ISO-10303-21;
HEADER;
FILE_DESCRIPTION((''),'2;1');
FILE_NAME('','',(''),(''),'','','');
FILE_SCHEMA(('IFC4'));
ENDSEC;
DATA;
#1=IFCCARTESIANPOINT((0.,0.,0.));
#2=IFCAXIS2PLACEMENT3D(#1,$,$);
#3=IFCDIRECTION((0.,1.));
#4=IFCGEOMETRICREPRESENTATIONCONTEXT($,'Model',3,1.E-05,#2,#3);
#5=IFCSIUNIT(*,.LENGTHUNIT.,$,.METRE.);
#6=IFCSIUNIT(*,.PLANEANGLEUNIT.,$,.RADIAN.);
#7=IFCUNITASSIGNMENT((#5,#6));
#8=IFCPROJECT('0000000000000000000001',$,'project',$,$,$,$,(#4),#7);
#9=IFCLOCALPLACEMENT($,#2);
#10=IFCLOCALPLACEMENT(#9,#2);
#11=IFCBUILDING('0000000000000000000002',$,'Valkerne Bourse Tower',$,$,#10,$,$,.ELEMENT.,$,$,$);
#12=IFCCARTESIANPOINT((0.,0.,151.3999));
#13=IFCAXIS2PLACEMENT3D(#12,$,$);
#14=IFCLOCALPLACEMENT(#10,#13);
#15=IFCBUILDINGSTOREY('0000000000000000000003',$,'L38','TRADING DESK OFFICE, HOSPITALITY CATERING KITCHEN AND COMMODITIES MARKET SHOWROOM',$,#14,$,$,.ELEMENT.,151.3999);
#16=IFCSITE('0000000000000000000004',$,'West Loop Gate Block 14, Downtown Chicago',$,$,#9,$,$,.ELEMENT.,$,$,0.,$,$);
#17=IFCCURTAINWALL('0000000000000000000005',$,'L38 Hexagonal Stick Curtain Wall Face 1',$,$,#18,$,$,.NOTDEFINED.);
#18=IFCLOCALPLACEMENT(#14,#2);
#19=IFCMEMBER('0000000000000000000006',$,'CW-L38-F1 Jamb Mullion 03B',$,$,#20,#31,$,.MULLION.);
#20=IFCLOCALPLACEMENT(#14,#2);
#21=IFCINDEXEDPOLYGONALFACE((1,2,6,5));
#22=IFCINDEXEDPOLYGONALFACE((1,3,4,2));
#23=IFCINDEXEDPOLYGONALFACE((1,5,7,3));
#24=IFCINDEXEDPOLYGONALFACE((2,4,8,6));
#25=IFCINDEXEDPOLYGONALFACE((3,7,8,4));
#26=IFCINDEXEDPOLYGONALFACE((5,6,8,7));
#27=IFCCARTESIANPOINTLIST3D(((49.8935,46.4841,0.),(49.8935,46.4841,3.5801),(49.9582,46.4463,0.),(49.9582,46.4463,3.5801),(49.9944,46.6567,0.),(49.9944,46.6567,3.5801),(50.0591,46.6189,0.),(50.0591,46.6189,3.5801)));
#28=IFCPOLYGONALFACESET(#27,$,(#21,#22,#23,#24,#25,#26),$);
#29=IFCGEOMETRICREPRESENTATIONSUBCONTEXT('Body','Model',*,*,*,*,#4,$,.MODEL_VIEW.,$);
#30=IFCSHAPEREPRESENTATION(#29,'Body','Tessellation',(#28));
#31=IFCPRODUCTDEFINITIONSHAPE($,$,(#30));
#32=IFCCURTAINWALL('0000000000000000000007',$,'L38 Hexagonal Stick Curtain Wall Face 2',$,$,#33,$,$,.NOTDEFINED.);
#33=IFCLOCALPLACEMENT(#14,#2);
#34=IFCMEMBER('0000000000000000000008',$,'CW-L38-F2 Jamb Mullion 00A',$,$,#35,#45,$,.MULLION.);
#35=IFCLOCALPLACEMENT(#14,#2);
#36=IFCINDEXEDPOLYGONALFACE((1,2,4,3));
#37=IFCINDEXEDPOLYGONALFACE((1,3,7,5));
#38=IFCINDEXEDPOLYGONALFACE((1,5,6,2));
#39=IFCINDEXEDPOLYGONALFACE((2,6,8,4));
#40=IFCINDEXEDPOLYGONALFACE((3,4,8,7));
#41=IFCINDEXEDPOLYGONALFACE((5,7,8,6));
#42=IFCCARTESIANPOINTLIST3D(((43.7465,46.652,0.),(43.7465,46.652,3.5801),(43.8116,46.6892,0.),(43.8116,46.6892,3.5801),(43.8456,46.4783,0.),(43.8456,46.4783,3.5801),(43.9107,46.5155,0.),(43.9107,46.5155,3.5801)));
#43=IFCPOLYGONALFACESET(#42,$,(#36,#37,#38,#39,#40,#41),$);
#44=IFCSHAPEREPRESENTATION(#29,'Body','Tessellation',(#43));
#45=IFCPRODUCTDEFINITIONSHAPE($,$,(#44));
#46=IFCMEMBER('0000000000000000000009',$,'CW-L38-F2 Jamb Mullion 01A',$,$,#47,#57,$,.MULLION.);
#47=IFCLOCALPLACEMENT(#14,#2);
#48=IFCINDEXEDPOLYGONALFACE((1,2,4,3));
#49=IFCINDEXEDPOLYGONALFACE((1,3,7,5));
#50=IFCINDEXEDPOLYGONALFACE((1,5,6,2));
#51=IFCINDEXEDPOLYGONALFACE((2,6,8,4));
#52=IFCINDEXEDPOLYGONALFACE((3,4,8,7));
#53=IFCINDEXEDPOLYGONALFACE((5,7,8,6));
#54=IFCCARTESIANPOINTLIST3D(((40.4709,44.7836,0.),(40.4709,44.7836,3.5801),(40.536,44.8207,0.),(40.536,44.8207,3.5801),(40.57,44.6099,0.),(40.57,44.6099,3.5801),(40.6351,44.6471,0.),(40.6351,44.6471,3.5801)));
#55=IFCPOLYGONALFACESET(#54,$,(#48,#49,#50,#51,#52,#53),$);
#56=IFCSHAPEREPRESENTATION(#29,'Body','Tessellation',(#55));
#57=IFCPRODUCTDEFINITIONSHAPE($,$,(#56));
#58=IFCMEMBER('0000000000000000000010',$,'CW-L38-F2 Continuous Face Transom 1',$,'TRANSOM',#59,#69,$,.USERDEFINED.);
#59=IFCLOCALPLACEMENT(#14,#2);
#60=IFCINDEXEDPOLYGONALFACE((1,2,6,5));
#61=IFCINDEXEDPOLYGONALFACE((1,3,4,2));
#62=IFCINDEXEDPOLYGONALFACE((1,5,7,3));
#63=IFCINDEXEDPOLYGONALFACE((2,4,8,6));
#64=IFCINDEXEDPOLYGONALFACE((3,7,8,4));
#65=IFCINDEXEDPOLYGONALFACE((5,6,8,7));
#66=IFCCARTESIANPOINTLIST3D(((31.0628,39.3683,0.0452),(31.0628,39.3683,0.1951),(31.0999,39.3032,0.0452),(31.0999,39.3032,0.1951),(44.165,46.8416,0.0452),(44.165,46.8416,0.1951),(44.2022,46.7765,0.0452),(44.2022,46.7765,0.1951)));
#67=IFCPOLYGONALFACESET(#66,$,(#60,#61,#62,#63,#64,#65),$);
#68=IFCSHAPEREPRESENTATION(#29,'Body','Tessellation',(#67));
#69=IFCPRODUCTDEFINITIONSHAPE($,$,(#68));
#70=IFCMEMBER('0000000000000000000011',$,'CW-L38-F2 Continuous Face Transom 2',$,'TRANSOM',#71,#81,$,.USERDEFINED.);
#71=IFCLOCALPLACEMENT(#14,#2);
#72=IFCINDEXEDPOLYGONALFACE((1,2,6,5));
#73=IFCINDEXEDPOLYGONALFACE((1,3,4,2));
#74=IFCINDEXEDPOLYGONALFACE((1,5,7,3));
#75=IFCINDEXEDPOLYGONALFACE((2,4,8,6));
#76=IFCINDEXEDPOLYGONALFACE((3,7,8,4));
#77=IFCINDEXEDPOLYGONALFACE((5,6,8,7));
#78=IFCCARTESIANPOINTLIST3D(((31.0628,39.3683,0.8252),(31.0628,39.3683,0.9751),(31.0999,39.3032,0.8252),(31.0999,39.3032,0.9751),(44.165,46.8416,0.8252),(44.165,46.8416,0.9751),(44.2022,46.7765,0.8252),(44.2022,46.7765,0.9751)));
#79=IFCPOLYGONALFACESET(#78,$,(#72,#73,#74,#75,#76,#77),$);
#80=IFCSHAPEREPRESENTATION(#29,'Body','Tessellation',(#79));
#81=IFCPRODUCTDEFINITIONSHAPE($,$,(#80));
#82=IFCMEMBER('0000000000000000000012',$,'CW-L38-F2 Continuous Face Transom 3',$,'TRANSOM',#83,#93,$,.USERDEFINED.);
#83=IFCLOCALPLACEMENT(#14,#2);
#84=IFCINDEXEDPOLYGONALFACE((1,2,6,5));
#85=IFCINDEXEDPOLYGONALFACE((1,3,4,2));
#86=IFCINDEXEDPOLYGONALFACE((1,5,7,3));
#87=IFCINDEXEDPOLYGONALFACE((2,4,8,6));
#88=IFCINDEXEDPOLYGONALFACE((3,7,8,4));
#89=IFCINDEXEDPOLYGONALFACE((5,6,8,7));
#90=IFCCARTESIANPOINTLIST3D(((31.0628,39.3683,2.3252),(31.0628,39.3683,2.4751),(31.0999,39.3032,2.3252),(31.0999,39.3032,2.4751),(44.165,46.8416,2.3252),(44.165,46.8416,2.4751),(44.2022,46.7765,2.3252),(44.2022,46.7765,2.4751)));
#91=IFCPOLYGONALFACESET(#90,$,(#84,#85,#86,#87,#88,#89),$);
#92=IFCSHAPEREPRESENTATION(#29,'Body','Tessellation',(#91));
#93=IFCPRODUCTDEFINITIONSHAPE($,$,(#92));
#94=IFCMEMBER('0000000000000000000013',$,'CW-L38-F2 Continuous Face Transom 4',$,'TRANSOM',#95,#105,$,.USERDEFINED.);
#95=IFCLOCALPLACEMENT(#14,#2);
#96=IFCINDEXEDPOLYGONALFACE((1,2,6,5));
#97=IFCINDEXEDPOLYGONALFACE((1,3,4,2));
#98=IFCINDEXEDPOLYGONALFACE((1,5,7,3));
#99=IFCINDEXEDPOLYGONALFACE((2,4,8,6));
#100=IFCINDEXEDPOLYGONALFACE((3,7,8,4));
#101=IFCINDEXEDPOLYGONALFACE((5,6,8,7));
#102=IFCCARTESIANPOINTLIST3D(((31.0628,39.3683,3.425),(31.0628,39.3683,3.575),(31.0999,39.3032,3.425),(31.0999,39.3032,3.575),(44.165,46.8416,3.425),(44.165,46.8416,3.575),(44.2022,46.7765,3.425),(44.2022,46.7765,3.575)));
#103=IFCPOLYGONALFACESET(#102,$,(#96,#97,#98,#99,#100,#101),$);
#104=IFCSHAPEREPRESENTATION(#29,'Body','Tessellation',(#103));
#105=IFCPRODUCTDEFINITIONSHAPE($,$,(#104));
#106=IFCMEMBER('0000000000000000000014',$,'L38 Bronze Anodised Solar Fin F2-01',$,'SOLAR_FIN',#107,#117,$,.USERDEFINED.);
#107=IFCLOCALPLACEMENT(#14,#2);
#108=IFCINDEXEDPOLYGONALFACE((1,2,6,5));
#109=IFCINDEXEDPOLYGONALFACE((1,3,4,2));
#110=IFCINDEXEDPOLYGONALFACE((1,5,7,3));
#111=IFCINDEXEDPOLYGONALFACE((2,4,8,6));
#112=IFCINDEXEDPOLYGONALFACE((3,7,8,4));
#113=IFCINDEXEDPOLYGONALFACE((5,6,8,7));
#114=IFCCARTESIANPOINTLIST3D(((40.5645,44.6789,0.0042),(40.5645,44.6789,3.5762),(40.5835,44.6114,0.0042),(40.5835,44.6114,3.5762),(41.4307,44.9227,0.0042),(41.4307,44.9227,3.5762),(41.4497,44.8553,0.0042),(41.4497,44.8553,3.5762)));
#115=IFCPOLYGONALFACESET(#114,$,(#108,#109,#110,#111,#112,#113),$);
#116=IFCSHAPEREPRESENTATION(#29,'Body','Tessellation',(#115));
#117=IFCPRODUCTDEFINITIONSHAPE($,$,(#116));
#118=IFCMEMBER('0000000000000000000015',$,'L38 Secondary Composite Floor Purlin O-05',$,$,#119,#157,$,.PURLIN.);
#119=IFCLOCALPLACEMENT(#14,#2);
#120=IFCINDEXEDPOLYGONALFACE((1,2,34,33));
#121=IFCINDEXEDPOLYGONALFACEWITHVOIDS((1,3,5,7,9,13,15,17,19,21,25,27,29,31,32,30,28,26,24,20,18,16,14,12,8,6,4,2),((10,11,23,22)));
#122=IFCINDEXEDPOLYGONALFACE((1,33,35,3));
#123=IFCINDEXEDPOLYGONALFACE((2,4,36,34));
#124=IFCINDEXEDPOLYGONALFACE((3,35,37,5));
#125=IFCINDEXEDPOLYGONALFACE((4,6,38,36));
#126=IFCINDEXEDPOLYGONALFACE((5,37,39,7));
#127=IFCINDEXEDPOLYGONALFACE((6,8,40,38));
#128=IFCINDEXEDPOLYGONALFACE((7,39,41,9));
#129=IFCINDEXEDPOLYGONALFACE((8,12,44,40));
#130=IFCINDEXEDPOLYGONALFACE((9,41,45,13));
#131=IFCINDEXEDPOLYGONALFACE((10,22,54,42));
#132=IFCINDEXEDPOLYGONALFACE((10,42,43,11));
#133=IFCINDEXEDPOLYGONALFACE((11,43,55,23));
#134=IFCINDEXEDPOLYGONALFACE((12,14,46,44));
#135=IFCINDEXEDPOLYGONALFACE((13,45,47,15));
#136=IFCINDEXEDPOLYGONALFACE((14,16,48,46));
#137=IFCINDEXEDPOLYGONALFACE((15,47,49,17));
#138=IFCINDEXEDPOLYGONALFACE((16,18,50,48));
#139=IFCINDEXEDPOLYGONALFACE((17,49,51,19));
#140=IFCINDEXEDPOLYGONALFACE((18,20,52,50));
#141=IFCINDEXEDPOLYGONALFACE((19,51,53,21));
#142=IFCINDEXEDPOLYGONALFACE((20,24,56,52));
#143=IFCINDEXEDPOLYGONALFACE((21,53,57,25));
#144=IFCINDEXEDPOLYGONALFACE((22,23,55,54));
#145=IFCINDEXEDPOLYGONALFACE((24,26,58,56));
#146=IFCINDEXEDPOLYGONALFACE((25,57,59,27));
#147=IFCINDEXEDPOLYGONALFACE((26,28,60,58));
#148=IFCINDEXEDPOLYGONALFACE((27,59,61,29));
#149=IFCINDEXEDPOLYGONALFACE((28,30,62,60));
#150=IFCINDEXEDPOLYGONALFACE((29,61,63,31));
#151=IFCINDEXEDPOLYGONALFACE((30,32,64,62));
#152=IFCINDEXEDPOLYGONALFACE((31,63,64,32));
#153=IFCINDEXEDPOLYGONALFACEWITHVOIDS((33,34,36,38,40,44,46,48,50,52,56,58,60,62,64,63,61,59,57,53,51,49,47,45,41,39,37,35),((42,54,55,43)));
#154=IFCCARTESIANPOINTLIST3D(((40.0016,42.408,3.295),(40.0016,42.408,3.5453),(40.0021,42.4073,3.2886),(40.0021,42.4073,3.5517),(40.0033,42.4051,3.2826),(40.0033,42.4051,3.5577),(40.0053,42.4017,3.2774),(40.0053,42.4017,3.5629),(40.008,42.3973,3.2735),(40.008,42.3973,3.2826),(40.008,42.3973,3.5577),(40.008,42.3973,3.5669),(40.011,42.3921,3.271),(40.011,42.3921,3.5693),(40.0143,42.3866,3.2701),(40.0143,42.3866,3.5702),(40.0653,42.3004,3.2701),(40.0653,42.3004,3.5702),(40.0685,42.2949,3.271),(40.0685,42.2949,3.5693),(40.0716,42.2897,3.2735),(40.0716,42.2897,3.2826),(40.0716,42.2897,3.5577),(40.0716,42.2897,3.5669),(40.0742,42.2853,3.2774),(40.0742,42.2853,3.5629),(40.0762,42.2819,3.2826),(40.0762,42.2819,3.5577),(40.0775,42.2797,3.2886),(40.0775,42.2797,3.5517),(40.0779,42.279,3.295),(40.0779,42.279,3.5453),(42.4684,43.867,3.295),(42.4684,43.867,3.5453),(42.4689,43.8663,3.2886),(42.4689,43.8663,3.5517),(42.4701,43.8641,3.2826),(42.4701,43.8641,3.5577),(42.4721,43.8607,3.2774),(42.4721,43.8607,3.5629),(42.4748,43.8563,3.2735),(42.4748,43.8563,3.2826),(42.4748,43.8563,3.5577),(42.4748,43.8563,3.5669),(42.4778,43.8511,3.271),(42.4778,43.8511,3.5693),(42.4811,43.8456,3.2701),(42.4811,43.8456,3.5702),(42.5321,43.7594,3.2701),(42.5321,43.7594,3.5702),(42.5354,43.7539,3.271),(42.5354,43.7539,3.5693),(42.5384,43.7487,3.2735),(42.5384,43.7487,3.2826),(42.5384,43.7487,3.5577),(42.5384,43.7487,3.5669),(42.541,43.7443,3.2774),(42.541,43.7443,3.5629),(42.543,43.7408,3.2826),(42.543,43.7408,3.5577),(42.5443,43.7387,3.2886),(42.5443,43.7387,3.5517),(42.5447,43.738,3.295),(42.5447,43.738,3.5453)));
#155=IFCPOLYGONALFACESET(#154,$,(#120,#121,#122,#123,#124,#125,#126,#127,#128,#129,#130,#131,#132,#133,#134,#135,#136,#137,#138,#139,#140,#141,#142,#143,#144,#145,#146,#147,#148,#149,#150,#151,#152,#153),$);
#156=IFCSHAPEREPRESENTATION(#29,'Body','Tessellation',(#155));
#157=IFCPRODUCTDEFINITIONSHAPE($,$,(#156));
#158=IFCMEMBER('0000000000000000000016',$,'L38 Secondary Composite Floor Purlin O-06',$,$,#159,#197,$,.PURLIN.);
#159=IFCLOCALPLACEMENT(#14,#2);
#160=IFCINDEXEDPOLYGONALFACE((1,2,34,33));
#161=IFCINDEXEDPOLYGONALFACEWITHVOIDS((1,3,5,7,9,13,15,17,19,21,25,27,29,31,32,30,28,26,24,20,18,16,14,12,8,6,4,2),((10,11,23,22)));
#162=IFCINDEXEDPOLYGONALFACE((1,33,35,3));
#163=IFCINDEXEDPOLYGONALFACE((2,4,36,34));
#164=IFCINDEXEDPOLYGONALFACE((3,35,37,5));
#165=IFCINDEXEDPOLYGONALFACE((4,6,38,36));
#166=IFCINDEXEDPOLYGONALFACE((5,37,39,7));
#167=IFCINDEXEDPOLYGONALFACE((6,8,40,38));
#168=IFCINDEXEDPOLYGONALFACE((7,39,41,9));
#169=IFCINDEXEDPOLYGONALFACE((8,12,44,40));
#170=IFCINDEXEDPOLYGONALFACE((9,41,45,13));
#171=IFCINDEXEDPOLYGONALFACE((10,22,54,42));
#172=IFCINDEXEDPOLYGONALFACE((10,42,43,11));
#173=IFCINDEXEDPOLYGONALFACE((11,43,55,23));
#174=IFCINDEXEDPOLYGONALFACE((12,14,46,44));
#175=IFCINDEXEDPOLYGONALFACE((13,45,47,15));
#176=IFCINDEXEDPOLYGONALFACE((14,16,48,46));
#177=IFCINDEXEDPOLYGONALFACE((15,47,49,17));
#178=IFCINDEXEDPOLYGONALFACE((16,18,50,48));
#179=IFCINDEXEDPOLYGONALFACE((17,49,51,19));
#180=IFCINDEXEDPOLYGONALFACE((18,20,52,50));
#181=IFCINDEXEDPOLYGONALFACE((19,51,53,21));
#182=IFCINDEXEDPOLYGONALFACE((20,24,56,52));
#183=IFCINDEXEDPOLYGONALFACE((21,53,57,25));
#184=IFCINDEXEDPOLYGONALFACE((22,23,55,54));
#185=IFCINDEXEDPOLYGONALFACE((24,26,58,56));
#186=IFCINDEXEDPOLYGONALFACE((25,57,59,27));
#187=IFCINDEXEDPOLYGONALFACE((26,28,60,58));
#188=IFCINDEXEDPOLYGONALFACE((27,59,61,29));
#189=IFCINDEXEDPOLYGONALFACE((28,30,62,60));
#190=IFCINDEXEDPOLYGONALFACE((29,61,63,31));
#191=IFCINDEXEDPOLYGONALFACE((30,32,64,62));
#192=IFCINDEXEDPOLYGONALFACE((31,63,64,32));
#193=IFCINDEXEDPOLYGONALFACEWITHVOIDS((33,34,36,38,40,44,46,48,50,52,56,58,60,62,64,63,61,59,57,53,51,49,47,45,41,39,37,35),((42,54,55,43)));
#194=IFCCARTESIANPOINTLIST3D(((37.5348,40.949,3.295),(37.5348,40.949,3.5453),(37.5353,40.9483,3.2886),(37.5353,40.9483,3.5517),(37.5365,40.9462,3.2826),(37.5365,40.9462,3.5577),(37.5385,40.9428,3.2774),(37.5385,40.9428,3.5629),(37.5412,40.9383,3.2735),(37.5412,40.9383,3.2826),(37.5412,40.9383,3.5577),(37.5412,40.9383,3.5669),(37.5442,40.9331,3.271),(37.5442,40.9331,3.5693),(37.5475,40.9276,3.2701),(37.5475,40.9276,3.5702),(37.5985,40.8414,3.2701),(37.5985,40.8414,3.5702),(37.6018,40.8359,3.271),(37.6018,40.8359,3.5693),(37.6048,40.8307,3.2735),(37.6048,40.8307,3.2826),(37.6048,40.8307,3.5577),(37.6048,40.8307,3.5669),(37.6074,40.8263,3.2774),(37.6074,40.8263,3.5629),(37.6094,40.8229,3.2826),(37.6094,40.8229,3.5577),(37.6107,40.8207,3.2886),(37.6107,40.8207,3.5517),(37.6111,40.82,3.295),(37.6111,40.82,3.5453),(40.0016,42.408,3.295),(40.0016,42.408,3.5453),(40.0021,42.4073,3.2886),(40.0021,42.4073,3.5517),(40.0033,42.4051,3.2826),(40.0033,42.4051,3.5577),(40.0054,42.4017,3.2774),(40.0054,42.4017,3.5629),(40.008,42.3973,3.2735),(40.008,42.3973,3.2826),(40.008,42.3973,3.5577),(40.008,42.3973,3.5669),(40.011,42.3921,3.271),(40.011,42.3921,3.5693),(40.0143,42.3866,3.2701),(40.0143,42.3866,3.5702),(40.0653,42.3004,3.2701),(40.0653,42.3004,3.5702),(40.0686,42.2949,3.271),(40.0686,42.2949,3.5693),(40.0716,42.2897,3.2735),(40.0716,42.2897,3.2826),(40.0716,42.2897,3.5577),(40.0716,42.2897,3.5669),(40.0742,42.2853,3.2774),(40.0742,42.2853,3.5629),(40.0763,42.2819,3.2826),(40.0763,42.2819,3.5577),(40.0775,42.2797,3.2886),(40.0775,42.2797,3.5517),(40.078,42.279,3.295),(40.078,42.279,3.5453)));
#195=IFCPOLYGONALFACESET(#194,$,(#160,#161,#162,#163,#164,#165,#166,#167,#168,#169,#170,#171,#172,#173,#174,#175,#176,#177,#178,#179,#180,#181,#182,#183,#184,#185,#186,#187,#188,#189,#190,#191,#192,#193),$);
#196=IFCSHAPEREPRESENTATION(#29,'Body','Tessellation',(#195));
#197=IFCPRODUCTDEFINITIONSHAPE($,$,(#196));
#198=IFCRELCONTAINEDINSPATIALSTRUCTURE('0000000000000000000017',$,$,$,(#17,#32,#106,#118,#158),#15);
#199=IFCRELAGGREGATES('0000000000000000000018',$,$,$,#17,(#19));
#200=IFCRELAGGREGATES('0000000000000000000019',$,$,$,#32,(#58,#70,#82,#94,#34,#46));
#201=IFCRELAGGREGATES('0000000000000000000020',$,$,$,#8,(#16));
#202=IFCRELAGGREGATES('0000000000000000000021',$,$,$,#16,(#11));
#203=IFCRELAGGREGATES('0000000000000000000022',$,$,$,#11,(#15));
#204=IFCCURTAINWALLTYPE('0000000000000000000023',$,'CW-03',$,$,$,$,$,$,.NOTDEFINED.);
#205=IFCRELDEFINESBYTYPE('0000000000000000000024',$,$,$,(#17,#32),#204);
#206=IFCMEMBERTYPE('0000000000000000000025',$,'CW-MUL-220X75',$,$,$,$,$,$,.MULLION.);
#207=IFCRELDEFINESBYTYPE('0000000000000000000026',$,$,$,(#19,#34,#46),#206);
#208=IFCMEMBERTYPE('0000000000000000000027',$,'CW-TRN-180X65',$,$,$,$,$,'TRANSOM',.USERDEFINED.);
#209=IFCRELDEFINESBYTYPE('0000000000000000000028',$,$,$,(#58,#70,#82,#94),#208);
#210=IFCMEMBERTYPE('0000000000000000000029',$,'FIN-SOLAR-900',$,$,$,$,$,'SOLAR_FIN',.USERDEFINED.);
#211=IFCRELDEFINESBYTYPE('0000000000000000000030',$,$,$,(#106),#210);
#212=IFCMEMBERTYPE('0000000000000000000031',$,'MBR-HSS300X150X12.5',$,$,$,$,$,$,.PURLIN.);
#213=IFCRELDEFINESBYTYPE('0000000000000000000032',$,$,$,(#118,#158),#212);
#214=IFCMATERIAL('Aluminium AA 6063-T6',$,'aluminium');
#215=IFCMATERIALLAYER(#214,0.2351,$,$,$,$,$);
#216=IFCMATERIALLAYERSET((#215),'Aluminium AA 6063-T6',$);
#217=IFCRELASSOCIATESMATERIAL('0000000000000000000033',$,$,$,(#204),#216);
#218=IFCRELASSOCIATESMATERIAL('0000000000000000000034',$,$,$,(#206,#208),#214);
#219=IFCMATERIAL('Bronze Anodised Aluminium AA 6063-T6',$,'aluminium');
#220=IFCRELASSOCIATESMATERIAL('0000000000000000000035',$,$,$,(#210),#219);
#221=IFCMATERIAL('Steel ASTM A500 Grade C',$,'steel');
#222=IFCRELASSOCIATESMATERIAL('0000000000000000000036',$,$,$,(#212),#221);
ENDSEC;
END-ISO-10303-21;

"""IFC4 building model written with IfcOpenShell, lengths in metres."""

from ifc_helpers import new_model, si_unit, direction, frame, origin, origin_2d, place, context, subcontext, project, spatial, rectangle, hollow_rectangle, extrude, material, layer, layer_set, material_profile, profile_set, type_object, element, aggregate, save


model = new_model("IFC4")

# Units and contexts
model_context = context("Model", 3, precision=1e-05, world=origin(), true_north=direction((0.0, 1.0)))
body_context = subcontext(model_context, "Body", "Model", "MODEL_VIEW")
ifc_project = project(units=[si_unit("LENGTHUNIT", "METRE"), si_unit("PLANEANGLEUNIT", "RADIAN")], contexts=[model_context])

# Site, building, storey
site_placement = place(None, origin())
site = spatial("IfcSite", under=ifc_project, at=site_placement, Name="West Loop Gate Block 14, Downtown Chicago", CompositionType="ELEMENT", RefElevation=0.0)
building_placement = place(site_placement, origin())
building = spatial("IfcBuilding", under=site, at=building_placement, Name="Valkerne Bourse Tower", CompositionType="ELEMENT")
storey_placement = place(building_placement, frame((0.0, 0.0, 151.3999)))
storey = spatial("IfcBuildingStorey", under=building, at=storey_placement, Name="L38", Description="TRADING DESK OFFICE, HOSPITALITY CATERING KITCHEN AND COMMODITIES MARKET SHOWROOM", CompositionType="ELEMENT", Elevation=151.3999)

# Curtain wall, member
ifc_material_1 = material(Name="Aluminium AA 6063-T6", Category="aluminium")
ifc_layer_1 = layer(ifc_material_1, 0.2351)
ifc_layer_set_1 = layer_set([ifc_layer_1], Name="Aluminium AA 6063-T6")
curtain_wall_type = type_object("IfcCurtainWallType", Name="CW-03", PredefinedType="NOTDEFINED", material=ifc_layer_set_1)
curtain_wall_1_placement = place(storey_placement, origin())
curtain_wall_1 = element("IfcCurtainWall", 1, at=curtain_wall_1_placement, inside=storey, type_object=curtain_wall_type, Name="L38 Hexagonal Stick Curtain Wall Face 1", PredefinedType="NOTDEFINED")
ifc_material_profile_1 = material_profile(ifc_material_1, rectangle(XDim=0.075, YDim=0.2, at=origin_2d()), Name="CWM-75X200")
ifc_profile_set_1 = profile_set([ifc_material_profile_1], Name="Aluminium AA 6063-T6")
member_type_1 = type_object("IfcMemberType", Name="CW-MUL-220X75", PredefinedType="MULLION", material=ifc_profile_set_1)
member_1_placement = place(storey_placement, frame((49.9763, 46.5515, 0.0), z_axis=(0.0, 0.0, 1.0), x_axis=(-0.863406, 0.504509, 0.0)))
member_1 = element("IfcMember", 2, at=member_1_placement, type_object=member_type_1, Name="CW-L38-F1 Jamb Mullion 03B", PredefinedType="MULLION", context=body_context, shape_type="SweptSolid", body=[
    extrude(rectangle(XDim=0.075, YDim=0.2, at=origin_2d()), origin(), (0.0, 0.0, 1.0), 3.5801),
])

# Curtain wall, members
curtain_wall_2_placement = place(storey_placement, origin())
curtain_wall_2 = element("IfcCurtainWall", 3, at=curtain_wall_2_placement, inside=storey, type_object=curtain_wall_type, Name="L38 Hexagonal Stick Curtain Wall Face 2", PredefinedType="NOTDEFINED")
member_2_placement = place(storey_placement, frame((43.8286, 46.5837, 0.0), z_axis=(0.0, 0.0, 1.0), x_axis=(-0.868639, -0.495445, 0.0)))
member_2 = element("IfcMember", 4, at=member_2_placement, type_object=member_type_1, Name="CW-L38-F2 Jamb Mullion 00A", PredefinedType="MULLION", context=body_context, shape_type="SweptSolid", body=[
    extrude(rectangle(XDim=0.075, YDim=0.2, at=origin_2d()), origin(), (0.0, 0.0, 1.0), 3.5801),
])
member_3_placement = place(storey_placement, frame((40.553, 44.7153, 0.0), z_axis=(0.0, 0.0, 1.0), x_axis=(-0.868628, -0.495465, 0.0)))
member_3 = element("IfcMember", 5, at=member_3_placement, type_object=member_type_1, Name="CW-L38-F2 Jamb Mullion 01A", PredefinedType="MULLION", context=body_context, shape_type="SweptSolid", body=[
    extrude(rectangle(XDim=0.075, YDim=0.2, at=origin_2d()), origin(), (0.0, 0.0, 1.0), 3.5801),
])
ifc_material_profile_2 = material_profile(ifc_material_1, rectangle(XDim=0.075, YDim=0.1499, at=origin_2d()), Name="CWT-75X150")
ifc_profile_set_2 = profile_set([ifc_material_profile_2], Name="Aluminium AA 6063-T6")
member_type_2 = type_object("IfcMemberType", Name="CW-TRN-180X65", ElementType="TRANSOM", PredefinedType="USERDEFINED", material=ifc_profile_set_2)
member_4_placement = place(storey_placement, frame((44.1836, 46.8091, 0.1201), z_axis=(-0.868632, -0.495457, 0.0), x_axis=(0.495457, -0.868632, 0.0)))
member_4 = element("IfcMember", 6, at=member_4_placement, type_object=member_type_2, Name="CW-L38-F2 Continuous Face Transom 1", ObjectType="TRANSOM", PredefinedType="USERDEFINED", context=body_context, shape_type="SweptSolid", body=[
    extrude(rectangle(XDim=0.075, YDim=0.1499, at=origin_2d()), origin(), (0.0, 0.0, 1.0), 15.0837),
])
member_5_placement = place(storey_placement, frame((44.1836, 46.8091, 0.9001), z_axis=(-0.868632, -0.495457, 0.0), x_axis=(0.495457, -0.868632, 0.0)))
member_5 = element("IfcMember", 7, at=member_5_placement, type_object=member_type_2, Name="CW-L38-F2 Continuous Face Transom 2", ObjectType="TRANSOM", PredefinedType="USERDEFINED", context=body_context, shape_type="SweptSolid", body=[
    extrude(rectangle(XDim=0.075, YDim=0.1499, at=origin_2d()), origin(), (0.0, 0.0, 1.0), 15.0837),
])
member_6_placement = place(storey_placement, frame((44.1836, 46.8091, 2.4001), z_axis=(-0.868632, -0.495457, 0.0), x_axis=(0.495457, -0.868632, 0.0)))
member_6 = element("IfcMember", 8, at=member_6_placement, type_object=member_type_2, Name="CW-L38-F2 Continuous Face Transom 3", ObjectType="TRANSOM", PredefinedType="USERDEFINED", context=body_context, shape_type="SweptSolid", body=[
    extrude(rectangle(XDim=0.075, YDim=0.1499, at=origin_2d()), origin(), (0.0, 0.0, 1.0), 15.0837),
])
member_7_placement = place(storey_placement, frame((44.1836, 46.8091, 3.5), z_axis=(-0.868632, -0.495457, 0.0), x_axis=(0.495457, -0.868632, 0.0)))
member_7 = element("IfcMember", 9, at=member_7_placement, type_object=member_type_2, Name="CW-L38-F2 Continuous Face Transom 4", ObjectType="TRANSOM", PredefinedType="USERDEFINED", context=body_context, shape_type="SweptSolid", body=[
    extrude(rectangle(XDim=0.075, YDim=0.1499, at=origin_2d()), origin(), (0.0, 0.0, 1.0), 15.0837),
])

# Members
ifc_material_2 = material(Name="Bronze Anodised Aluminium AA 6063-T6", Category="aluminium")
ifc_material_profile_3 = material_profile(ifc_material_2, rectangle(XDim=0.0701, YDim=0.8999, at=origin_2d()), Name="FIN-70X900")
ifc_profile_set_3 = profile_set([ifc_material_profile_3], Name="Bronze Anodised Aluminium AA 6063-T6")
member_type_3 = type_object("IfcMemberType", Name="FIN-SOLAR-900", ElementType="SOLAR_FIN", PredefinedType="USERDEFINED", material=ifc_profile_set_3)
member_8_placement = place(storey_placement, frame((41.0071, 44.7671, 0.0042), z_axis=(0.0, 0.0, 1.0), x_axis=(-0.270997, 0.96258, 0.0)))
element("IfcMember", 10, at=member_8_placement, inside=storey, type_object=member_type_3, Name="L38 Bronze Anodised Solar Fin F2-01", ObjectType="SOLAR_FIN", PredefinedType="USERDEFINED", context=body_context, shape_type="SweptSolid", body=[
    extrude(rectangle(XDim=0.0701, YDim=0.8999, at=origin_2d()), origin(), (0.0, 0.0, 1.0), 3.572),
])
ifc_material_3 = material(Name="Steel ASTM A500 Grade C", Category="steel")
ifc_material_profile_4 = material_profile(ifc_material_3, hollow_rectangle(XDim=0.1499, YDim=0.3, WallThickness=0.0125, OuterFilletRadius=0.0249, at=origin_2d()), Name="HSS300X150X12.5")
ifc_profile_set_4 = profile_set([ifc_material_profile_4], Name="Steel ASTM A500 Grade C")
member_type_4 = type_object("IfcMemberType", Name="MBR-HSS300X150X12.5", PredefinedType="PURLIN", material=ifc_profile_set_4)
for number, where, z_axis, x_axis, name in (
    (11, (42.5066, 43.8025, 3.4202), (-0.860723, -0.509074, 0.0), (0.509074, -0.860723, 0.0), "L38 Secondary Composite Floor Purlin O-05"),
    (12, (40.0398, 42.3435, 3.4202), (-0.860723, -0.509074, 0.0), (0.509074, -0.860723, 0.0), "L38 Secondary Composite Floor Purlin O-06"),
):
    element("IfcMember", number, at=place(storey_placement, frame(where, z_axis=z_axis, x_axis=x_axis)), inside=storey, type_object=member_type_4, Name=name, PredefinedType="PURLIN", context=body_context, shape_type="SweptSolid", body=[
        extrude(hollow_rectangle(XDim=0.1499, YDim=0.3, WallThickness=0.0125, OuterFilletRadius=0.0249, at=origin_2d()), origin(), (0.0, 0.0, 1.0), 2.866),
    ])

aggregate(curtain_wall_1, [member_1])
aggregate(curtain_wall_2, [member_4, member_5, member_6, member_7, member_2, member_3])

save(model, "model.ifc")
